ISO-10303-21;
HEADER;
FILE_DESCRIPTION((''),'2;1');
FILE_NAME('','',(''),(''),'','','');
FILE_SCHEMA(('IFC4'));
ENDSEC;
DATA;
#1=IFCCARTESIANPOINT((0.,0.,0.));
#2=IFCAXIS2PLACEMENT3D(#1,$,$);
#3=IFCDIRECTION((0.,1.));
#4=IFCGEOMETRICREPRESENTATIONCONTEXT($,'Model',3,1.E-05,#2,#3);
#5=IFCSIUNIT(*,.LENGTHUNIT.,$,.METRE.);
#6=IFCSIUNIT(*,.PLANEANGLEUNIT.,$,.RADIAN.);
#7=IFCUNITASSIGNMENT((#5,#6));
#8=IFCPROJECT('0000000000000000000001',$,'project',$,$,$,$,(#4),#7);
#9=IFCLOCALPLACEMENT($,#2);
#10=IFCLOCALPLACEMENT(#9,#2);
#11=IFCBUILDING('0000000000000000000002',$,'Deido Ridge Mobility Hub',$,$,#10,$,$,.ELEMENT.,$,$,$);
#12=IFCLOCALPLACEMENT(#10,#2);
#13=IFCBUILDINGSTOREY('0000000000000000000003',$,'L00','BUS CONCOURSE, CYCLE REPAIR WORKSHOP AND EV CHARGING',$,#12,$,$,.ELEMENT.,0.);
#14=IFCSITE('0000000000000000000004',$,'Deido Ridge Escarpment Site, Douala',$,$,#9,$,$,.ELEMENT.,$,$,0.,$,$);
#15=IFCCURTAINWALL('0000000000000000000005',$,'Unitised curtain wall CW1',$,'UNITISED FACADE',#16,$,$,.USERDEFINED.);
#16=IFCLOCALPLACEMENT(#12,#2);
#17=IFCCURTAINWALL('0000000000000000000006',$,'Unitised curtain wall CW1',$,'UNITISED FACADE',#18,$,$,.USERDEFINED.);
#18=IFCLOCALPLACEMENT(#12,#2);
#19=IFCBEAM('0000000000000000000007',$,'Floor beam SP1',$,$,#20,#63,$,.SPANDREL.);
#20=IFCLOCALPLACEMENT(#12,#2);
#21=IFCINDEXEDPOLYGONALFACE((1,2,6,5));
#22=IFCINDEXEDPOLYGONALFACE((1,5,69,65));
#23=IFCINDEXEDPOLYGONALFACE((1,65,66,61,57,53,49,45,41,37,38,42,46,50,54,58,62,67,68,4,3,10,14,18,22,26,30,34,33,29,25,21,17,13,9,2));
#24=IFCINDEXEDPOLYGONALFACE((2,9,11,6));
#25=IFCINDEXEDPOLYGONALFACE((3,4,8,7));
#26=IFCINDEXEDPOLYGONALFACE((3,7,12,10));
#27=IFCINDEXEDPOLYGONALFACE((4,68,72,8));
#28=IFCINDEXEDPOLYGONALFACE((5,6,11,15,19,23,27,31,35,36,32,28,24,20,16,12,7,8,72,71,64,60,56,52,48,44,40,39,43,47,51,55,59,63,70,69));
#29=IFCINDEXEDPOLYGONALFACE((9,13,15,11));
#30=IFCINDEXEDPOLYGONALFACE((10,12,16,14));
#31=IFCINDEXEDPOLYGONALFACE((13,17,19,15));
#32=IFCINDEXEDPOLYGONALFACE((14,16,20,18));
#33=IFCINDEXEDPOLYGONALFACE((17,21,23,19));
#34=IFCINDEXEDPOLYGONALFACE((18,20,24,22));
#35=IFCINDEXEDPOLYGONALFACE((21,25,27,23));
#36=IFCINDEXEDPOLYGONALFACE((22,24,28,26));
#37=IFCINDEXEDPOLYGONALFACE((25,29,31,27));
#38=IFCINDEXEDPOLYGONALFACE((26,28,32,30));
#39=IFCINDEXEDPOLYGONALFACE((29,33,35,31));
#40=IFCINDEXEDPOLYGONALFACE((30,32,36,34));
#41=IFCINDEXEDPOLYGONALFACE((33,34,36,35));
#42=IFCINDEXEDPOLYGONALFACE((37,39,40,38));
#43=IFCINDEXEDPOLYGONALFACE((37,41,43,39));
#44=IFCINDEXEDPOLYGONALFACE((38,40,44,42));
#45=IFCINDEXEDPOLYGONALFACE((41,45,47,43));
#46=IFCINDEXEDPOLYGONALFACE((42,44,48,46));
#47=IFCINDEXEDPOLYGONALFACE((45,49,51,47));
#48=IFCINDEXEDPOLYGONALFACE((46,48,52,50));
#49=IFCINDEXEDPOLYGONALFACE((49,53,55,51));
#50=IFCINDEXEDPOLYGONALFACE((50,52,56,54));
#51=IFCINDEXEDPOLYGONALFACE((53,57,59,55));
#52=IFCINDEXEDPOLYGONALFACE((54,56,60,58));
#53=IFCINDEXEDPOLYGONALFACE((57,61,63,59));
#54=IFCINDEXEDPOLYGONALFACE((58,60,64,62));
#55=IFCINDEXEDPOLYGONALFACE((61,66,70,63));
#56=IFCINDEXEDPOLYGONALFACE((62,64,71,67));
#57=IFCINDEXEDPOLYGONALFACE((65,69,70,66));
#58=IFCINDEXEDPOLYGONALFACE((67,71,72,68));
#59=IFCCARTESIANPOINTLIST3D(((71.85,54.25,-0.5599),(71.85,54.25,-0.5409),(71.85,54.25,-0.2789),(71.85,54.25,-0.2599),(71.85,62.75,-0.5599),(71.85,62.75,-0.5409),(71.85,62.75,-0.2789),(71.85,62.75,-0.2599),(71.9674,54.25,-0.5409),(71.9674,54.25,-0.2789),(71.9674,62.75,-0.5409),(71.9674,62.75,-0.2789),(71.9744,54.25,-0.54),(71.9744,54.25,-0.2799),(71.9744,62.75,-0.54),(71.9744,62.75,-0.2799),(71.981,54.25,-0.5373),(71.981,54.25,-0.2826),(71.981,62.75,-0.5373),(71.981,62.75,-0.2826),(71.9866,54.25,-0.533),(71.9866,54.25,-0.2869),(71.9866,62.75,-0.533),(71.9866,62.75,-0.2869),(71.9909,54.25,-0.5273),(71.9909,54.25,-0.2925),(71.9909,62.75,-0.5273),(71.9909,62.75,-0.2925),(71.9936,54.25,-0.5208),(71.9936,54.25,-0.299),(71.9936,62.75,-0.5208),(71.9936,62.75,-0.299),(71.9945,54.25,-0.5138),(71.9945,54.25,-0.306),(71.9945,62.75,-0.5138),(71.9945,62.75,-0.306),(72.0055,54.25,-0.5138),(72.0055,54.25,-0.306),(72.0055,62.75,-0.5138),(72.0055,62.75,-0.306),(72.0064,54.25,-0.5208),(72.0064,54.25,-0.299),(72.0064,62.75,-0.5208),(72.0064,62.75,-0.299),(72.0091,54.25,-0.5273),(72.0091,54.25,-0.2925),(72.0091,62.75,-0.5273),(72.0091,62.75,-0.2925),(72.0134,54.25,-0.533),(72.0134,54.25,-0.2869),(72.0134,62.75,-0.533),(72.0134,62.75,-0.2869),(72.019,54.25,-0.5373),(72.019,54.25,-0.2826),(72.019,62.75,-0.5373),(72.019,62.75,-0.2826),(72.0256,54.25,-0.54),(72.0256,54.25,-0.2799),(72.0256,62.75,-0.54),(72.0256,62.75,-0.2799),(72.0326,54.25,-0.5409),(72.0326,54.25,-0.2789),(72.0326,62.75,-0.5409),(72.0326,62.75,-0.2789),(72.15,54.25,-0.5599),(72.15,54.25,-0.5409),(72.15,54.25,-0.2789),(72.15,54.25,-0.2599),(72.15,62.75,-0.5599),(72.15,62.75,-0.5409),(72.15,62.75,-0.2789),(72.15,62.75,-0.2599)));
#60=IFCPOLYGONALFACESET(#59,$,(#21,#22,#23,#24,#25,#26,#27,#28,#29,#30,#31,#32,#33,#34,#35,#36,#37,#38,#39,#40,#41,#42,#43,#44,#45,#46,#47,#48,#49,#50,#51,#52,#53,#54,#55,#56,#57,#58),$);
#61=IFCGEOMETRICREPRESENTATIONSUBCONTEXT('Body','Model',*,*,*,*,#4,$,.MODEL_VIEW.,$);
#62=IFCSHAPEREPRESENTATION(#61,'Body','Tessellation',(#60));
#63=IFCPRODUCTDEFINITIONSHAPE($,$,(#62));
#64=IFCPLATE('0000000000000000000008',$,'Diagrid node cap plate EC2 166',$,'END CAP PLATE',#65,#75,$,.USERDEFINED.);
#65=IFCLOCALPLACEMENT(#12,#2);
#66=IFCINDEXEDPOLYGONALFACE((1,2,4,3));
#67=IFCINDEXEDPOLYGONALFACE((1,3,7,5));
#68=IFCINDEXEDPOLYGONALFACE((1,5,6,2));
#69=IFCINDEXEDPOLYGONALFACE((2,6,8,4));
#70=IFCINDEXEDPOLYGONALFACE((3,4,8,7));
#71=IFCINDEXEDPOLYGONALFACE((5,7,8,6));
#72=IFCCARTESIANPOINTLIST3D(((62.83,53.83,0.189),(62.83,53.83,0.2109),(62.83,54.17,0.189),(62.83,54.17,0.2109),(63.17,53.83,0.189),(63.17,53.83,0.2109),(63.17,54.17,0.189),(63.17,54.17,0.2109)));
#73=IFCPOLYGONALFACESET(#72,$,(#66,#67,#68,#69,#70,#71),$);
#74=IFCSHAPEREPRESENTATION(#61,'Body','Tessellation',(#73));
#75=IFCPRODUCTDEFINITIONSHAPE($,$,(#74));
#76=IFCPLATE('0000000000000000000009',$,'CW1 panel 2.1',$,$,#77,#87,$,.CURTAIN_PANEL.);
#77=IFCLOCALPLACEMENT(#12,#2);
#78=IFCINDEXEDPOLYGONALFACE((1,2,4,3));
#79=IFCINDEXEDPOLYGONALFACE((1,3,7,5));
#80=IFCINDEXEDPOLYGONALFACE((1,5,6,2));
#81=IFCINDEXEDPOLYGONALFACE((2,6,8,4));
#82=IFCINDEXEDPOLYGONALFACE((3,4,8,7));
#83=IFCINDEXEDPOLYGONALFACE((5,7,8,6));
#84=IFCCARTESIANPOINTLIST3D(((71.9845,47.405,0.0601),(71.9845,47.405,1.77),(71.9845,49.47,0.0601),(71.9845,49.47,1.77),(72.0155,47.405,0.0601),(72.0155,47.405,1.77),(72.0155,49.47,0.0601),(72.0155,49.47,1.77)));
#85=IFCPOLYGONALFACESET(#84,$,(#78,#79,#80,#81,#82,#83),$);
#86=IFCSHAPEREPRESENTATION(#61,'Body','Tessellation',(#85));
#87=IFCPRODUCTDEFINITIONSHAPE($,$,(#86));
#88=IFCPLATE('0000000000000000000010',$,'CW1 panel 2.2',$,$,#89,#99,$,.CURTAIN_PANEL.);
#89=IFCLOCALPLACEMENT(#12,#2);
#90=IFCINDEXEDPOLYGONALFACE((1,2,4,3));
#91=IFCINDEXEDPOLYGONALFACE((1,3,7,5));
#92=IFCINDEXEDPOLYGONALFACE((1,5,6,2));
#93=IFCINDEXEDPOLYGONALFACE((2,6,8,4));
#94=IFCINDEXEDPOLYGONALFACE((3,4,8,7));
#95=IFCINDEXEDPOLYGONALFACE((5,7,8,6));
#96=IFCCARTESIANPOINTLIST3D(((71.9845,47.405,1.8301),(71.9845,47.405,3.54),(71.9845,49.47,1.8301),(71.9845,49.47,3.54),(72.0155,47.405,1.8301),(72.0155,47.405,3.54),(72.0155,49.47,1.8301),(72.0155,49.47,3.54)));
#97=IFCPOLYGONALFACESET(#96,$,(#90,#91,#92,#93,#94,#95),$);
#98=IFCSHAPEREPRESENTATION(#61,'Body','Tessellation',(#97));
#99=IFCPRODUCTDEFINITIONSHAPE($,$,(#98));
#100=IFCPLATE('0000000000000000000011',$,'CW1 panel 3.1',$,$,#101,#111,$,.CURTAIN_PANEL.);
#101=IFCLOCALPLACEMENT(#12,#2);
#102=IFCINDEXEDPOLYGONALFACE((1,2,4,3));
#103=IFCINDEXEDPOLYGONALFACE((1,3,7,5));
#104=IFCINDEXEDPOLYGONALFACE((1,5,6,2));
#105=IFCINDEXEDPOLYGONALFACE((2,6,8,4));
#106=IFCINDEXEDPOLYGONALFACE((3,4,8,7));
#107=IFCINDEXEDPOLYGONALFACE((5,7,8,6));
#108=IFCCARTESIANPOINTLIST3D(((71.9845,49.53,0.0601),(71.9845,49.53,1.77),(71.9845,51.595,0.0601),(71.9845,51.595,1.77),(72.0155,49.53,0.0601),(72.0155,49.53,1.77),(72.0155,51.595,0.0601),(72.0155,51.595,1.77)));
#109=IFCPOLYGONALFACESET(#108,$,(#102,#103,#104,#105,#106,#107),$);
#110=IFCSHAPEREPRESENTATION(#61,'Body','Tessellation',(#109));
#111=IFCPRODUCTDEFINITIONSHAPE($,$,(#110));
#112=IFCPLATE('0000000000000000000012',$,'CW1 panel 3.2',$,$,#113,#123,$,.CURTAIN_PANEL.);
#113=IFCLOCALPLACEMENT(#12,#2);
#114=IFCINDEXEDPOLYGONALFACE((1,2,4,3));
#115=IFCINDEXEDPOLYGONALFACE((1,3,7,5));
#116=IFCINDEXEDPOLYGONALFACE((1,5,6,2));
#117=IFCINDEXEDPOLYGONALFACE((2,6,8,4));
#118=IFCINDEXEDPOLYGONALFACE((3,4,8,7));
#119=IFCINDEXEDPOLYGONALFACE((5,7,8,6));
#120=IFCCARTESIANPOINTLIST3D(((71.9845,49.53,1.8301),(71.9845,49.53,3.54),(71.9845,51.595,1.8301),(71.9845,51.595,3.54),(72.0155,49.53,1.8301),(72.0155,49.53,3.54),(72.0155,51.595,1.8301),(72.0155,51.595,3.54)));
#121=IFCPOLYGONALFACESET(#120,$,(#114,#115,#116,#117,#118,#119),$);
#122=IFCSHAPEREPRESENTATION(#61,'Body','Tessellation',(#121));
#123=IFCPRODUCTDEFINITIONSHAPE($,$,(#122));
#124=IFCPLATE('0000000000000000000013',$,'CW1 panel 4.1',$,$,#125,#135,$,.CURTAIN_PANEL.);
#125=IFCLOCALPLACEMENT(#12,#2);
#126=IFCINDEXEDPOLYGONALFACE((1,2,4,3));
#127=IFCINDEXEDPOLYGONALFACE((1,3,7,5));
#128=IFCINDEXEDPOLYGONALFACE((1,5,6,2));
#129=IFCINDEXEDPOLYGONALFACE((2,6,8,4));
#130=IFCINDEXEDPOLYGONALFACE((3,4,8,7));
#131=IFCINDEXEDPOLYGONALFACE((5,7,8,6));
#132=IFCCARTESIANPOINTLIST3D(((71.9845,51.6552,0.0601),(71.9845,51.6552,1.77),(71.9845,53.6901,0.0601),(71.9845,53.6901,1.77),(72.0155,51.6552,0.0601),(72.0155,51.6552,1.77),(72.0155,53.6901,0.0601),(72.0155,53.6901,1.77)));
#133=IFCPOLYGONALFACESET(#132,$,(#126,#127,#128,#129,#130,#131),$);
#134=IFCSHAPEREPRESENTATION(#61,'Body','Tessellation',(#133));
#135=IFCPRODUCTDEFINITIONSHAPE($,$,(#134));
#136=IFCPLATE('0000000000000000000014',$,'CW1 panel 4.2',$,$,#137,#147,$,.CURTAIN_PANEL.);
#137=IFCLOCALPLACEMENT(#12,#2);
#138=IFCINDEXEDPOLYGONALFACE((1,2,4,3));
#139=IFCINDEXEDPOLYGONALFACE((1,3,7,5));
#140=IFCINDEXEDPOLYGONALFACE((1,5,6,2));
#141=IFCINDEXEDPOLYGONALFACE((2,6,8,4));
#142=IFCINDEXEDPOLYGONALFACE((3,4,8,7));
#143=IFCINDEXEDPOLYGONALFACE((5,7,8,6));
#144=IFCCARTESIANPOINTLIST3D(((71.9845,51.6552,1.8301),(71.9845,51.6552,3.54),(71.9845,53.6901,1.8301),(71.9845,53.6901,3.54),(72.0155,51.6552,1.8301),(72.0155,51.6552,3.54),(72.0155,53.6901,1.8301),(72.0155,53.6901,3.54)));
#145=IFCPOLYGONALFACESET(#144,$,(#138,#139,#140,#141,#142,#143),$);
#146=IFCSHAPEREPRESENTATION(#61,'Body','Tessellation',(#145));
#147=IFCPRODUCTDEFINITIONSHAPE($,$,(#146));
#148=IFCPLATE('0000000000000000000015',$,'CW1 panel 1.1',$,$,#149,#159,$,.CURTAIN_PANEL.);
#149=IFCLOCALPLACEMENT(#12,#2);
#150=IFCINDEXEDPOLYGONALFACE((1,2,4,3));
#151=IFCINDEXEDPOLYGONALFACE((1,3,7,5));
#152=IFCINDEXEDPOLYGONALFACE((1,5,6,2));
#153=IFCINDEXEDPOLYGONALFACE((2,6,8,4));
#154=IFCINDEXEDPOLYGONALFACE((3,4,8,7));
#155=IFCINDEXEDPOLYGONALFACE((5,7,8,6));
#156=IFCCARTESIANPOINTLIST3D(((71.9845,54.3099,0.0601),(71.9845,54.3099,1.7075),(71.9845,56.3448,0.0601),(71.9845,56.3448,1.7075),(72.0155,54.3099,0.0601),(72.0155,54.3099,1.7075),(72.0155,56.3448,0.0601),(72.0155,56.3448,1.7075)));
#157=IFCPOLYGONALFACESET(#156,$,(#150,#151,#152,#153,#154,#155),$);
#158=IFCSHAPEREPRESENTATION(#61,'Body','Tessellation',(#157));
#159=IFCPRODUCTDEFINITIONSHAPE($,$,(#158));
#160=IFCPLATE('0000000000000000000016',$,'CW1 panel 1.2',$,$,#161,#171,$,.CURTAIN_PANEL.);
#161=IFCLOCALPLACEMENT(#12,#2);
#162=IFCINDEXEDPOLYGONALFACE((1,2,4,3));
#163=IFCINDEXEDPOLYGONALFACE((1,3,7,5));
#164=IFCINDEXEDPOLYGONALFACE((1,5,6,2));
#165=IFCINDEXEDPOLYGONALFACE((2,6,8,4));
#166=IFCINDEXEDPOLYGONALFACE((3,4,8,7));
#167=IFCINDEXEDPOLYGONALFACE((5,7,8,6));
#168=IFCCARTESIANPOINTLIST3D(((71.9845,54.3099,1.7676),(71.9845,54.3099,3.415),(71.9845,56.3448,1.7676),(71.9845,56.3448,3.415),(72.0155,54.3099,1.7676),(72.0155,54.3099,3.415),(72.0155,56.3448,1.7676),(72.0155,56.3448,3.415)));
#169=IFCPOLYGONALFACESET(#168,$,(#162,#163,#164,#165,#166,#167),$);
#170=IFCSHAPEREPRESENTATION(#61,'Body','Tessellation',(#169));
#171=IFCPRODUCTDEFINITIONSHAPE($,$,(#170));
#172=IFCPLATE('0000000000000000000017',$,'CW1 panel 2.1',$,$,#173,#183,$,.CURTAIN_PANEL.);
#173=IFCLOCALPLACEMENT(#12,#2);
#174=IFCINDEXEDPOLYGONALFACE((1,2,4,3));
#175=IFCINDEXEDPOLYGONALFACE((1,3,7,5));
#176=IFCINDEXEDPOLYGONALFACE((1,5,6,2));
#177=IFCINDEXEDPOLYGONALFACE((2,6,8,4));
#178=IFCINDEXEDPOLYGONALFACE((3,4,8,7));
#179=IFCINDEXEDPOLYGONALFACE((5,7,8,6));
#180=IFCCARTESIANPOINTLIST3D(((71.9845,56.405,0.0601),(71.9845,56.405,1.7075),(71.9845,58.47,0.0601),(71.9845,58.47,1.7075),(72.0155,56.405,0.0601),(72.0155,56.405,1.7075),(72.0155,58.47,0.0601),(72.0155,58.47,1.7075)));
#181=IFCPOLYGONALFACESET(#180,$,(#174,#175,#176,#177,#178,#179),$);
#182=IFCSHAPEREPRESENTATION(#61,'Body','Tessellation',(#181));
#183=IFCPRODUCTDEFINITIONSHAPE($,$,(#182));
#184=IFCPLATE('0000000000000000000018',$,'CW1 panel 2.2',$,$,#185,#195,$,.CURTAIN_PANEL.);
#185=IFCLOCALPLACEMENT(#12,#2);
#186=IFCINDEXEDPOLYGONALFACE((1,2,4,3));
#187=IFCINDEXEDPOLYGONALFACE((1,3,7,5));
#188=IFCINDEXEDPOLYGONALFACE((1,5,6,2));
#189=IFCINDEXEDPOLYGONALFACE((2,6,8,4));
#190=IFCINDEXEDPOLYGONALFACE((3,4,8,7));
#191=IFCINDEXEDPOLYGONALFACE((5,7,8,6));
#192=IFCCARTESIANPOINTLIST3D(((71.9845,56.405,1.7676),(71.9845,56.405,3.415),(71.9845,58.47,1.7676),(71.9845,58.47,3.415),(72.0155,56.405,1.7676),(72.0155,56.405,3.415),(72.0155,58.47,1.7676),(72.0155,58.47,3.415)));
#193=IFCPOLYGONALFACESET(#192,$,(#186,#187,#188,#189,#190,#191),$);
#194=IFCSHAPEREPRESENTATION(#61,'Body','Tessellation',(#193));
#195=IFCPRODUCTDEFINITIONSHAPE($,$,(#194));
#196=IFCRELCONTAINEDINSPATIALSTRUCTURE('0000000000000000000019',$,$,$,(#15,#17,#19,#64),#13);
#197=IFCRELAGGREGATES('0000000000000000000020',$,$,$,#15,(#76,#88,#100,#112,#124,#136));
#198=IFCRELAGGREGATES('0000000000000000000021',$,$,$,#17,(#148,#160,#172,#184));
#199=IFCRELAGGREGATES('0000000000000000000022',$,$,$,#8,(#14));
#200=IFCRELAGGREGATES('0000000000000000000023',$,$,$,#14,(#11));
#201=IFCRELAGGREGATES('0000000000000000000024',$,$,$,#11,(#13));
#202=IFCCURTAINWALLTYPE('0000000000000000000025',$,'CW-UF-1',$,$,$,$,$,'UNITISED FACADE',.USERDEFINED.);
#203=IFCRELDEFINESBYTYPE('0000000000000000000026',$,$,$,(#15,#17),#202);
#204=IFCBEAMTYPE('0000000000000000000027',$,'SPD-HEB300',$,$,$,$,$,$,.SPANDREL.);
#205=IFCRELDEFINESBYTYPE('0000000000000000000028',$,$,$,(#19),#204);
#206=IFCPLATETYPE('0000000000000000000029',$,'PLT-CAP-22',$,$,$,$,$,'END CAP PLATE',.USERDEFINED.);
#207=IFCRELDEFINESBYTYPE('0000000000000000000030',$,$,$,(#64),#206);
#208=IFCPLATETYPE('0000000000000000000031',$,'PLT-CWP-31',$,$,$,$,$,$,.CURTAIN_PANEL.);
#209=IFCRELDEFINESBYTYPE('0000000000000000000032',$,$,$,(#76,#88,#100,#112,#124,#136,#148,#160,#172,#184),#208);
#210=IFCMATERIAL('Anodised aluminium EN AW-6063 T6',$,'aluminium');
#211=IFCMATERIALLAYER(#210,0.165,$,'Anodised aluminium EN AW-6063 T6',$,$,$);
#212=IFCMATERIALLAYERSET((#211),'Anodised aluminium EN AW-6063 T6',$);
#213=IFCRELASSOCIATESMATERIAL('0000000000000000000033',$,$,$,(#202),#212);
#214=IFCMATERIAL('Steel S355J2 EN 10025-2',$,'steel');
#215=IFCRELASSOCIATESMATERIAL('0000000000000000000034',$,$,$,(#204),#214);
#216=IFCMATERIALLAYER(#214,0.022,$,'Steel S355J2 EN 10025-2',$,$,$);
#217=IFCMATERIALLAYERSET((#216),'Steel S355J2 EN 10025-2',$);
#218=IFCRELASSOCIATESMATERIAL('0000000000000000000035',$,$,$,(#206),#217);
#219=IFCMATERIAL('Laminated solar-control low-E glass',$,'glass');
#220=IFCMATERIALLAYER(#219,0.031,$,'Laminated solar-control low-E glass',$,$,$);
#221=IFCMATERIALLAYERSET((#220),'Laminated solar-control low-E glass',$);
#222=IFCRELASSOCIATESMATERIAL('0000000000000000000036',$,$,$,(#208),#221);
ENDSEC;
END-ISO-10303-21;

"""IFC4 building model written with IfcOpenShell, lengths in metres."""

from ifc_helpers import new_model, si_unit, direction, frame, origin, origin_2d, place, context, subcontext, project, spatial, rectangle, i_section, extrude, material, layer, layer_set, material_profile, profile_set, type_object, element, aggregate, save


model = new_model("IFC4")

# Units and contexts
model_context = context("Model", 3, precision=1e-05, world=origin(), true_north=direction((0.0, 1.0)))
body_context = subcontext(model_context, "Body", "Model", "MODEL_VIEW")
ifc_project = project(units=[si_unit("LENGTHUNIT", "METRE"), si_unit("PLANEANGLEUNIT", "RADIAN")], contexts=[model_context])

# Site, building, storey
site_placement = place(None, origin())
site = spatial("IfcSite", under=ifc_project, at=site_placement, Name="Deido Ridge Escarpment Site, Douala", CompositionType="ELEMENT", RefElevation=0.0)
building_placement = place(site_placement, origin())
building = spatial("IfcBuilding", under=site, at=building_placement, Name="Deido Ridge Mobility Hub", CompositionType="ELEMENT")
storey_placement = place(building_placement, origin())
storey = spatial("IfcBuildingStorey", under=building, at=storey_placement, Name="L00", Description="BUS CONCOURSE, CYCLE REPAIR WORKSHOP AND EV CHARGING", CompositionType="ELEMENT", Elevation=0.0)

# Shared definitions
ifc_material_1 = material(Name="Steel S355J2 EN 10025-2", Category="steel")

# Curtain walls
ifc_material_2 = material(Name="Anodised aluminium EN AW-6063 T6", Category="aluminium")
ifc_layer_1 = layer(ifc_material_2, 0.165, Name="Anodised aluminium EN AW-6063 T6")
ifc_layer_set_1 = layer_set([ifc_layer_1], Name="Anodised aluminium EN AW-6063 T6")
curtain_wall_type = type_object("IfcCurtainWallType", Name="CW-UF-1", ElementType="UNITISED FACADE", PredefinedType="USERDEFINED", material=ifc_layer_set_1)
curtain_wall_1_placement = place(storey_placement, origin())
curtain_wall_1 = element("IfcCurtainWall", 1, at=curtain_wall_1_placement, inside=storey, type_object=curtain_wall_type, Name="Unitised curtain wall CW1", ObjectType="UNITISED FACADE", PredefinedType="USERDEFINED")
curtain_wall_2_placement = place(storey_placement, origin())
curtain_wall_2 = element("IfcCurtainWall", 2, at=curtain_wall_2_placement, inside=storey, type_object=curtain_wall_type, Name="Unitised curtain wall CW1", ObjectType="UNITISED FACADE", PredefinedType="USERDEFINED")

# Beam
ifc_material_profile_1 = material_profile(ifc_material_1, i_section(OverallWidth=0.3, OverallDepth=0.3, WebThickness=0.011, FlangeThickness=0.019, FilletRadius=0.0271, at=origin_2d()), Name="HEB 300")
ifc_profile_set_1 = profile_set([ifc_material_profile_1], Name="Steel S355J2 EN 10025-2")
beam_type = type_object("IfcBeamType", Name="SPD-HEB300", PredefinedType="SPANDREL", material=ifc_profile_set_1)
beam_placement = place(storey_placement, frame((72.0, 54.25, -0.4099), z_axis=(0.0, 1.0, 0.0), x_axis=(-1.0, 0.0, 0.0)))
element("IfcBeam", 3, at=beam_placement, inside=storey, type_object=beam_type, Name="Floor beam SP1", PredefinedType="SPANDREL", context=body_context, shape_type="SweptSolid", body=[
    extrude(i_section(OverallWidth=0.3, OverallDepth=0.3, WebThickness=0.011, FlangeThickness=0.019, FilletRadius=0.0271, at=origin_2d()), origin(), (0.0, 0.0, 1.0), 8.5),
])

# Plates
ifc_layer_2 = layer(ifc_material_1, 0.022, Name="Steel S355J2 EN 10025-2")
ifc_layer_set_2 = layer_set([ifc_layer_2], Name="Steel S355J2 EN 10025-2")
plate_type_1 = type_object("IfcPlateType", Name="PLT-CAP-22", ElementType="END CAP PLATE", PredefinedType="USERDEFINED", material=ifc_layer_set_2)
plate_1_placement = place(storey_placement, frame((63.0, 54.0, 0.189), z_axis=(0.0, 0.0, 1.0), x_axis=(1.0, 0.0, 0.0)))
element("IfcPlate", 4, at=plate_1_placement, inside=storey, type_object=plate_type_1, Name="Diagrid node cap plate EC2 166", ObjectType="END CAP PLATE", PredefinedType="USERDEFINED", context=body_context, shape_type="SweptSolid", body=[
    extrude(rectangle(XDim=0.3401, YDim=0.3401, at=origin_2d()), origin(), (0.0, 0.0, 1.0), 0.022),
])
ifc_material_3 = material(Name="Laminated solar-control low-E glass", Category="glass")
ifc_layer_3 = layer(ifc_material_3, 0.031, Name="Laminated solar-control low-E glass")
ifc_layer_set_3 = layer_set([ifc_layer_3], Name="Laminated solar-control low-E glass")
plate_type_2 = type_object("IfcPlateType", Name="PLT-CWP-31", PredefinedType="CURTAIN_PANEL", material=ifc_layer_set_3)
plate_2_placement = place(storey_placement, frame((72.0, 48.4375, 0.0601), z_axis=(0.0, 0.0, 1.0), x_axis=(0.0, 1.0, 0.0)))
plate_2 = element("IfcPlate", 5, at=plate_2_placement, type_object=plate_type_2, Name="CW1 panel 2.1", PredefinedType="CURTAIN_PANEL", context=body_context, shape_type="SweptSolid", body=[
    extrude(rectangle(XDim=2.0649, YDim=0.031, at=origin_2d()), origin(), (0.0, 0.0, 1.0), 1.71),
])
plate_3_placement = place(storey_placement, frame((72.0, 48.4375, 1.8301), z_axis=(0.0, 0.0, 1.0), x_axis=(0.0, 1.0, 0.0)))
plate_3 = element("IfcPlate", 6, at=plate_3_placement, type_object=plate_type_2, Name="CW1 panel 2.2", PredefinedType="CURTAIN_PANEL", context=body_context, shape_type="SweptSolid", body=[
    extrude(rectangle(XDim=2.0649, YDim=0.031, at=origin_2d()), origin(), (0.0, 0.0, 1.0), 1.71),
])
plate_4_placement = place(storey_placement, frame((72.0, 50.5625, 0.0601), z_axis=(0.0, 0.0, 1.0), x_axis=(0.0, 1.0, 0.0)))
plate_4 = element("IfcPlate", 7, at=plate_4_placement, type_object=plate_type_2, Name="CW1 panel 3.1", PredefinedType="CURTAIN_PANEL", context=body_context, shape_type="SweptSolid", body=[
    extrude(rectangle(XDim=2.0649, YDim=0.031, at=origin_2d()), origin(), (0.0, 0.0, 1.0), 1.71),
])
plate_5_placement = place(storey_placement, frame((72.0, 50.5625, 1.8301), z_axis=(0.0, 0.0, 1.0), x_axis=(0.0, 1.0, 0.0)))
plate_5 = element("IfcPlate", 8, at=plate_5_placement, type_object=plate_type_2, Name="CW1 panel 3.2", PredefinedType="CURTAIN_PANEL", context=body_context, shape_type="SweptSolid", body=[
    extrude(rectangle(XDim=2.0649, YDim=0.031, at=origin_2d()), origin(), (0.0, 0.0, 1.0), 1.71),
])
plate_6_placement = place(storey_placement, frame((72.0, 52.6726, 0.0601), z_axis=(0.0, 0.0, 1.0), x_axis=(0.0, 1.0, 0.0)))
plate_6 = element("IfcPlate", 9, at=plate_6_placement, type_object=plate_type_2, Name="CW1 panel 4.1", PredefinedType="CURTAIN_PANEL", context=body_context, shape_type="SweptSolid", body=[
    extrude(rectangle(XDim=2.0349, YDim=0.031, at=origin_2d()), origin(), (0.0, 0.0, 1.0), 1.71),
])
plate_7_placement = place(storey_placement, frame((72.0, 52.6726, 1.8301), z_axis=(0.0, 0.0, 1.0), x_axis=(0.0, 1.0, 0.0)))
plate_7 = element("IfcPlate", 10, at=plate_7_placement, type_object=plate_type_2, Name="CW1 panel 4.2", PredefinedType="CURTAIN_PANEL", context=body_context, shape_type="SweptSolid", body=[
    extrude(rectangle(XDim=2.0349, YDim=0.031, at=origin_2d()), origin(), (0.0, 0.0, 1.0), 1.71),
])
aggregate(curtain_wall_1, [plate_2, plate_3, plate_4, plate_5, plate_6, plate_7])
plate_8_placement = place(storey_placement, frame((72.0, 55.3274, 0.0601), z_axis=(0.0, 0.0, 1.0), x_axis=(0.0, 1.0, 0.0)))
plate_8 = element("IfcPlate", 11, at=plate_8_placement, type_object=plate_type_2, Name="CW1 panel 1.1", PredefinedType="CURTAIN_PANEL", context=body_context, shape_type="SweptSolid", body=[
    extrude(rectangle(XDim=2.0349, YDim=0.031, at=origin_2d()), origin(), (0.0, 0.0, 1.0), 1.6475),
])
plate_9_placement = place(storey_placement, frame((72.0, 55.3274, 1.7676), z_axis=(0.0, 0.0, 1.0), x_axis=(0.0, 1.0, 0.0)))
plate_9 = element("IfcPlate", 12, at=plate_9_placement, type_object=plate_type_2, Name="CW1 panel 1.2", PredefinedType="CURTAIN_PANEL", context=body_context, shape_type="SweptSolid", body=[
    extrude(rectangle(XDim=2.0349, YDim=0.031, at=origin_2d()), origin(), (0.0, 0.0, 1.0), 1.6475),
])
plate_10_placement = place(storey_placement, frame((72.0, 57.4375, 0.0601), z_axis=(0.0, 0.0, 1.0), x_axis=(0.0, 1.0, 0.0)))
plate_10 = element("IfcPlate", 13, at=plate_10_placement, type_object=plate_type_2, Name="CW1 panel 2.1", PredefinedType="CURTAIN_PANEL", context=body_context, shape_type="SweptSolid", body=[
    extrude(rectangle(XDim=2.0649, YDim=0.031, at=origin_2d()), origin(), (0.0, 0.0, 1.0), 1.6475),
])
plate_11_placement = place(storey_placement, frame((72.0, 57.4375, 1.7676), z_axis=(0.0, 0.0, 1.0), x_axis=(0.0, 1.0, 0.0)))
plate_11 = element("IfcPlate", 14, at=plate_11_placement, type_object=plate_type_2, Name="CW1 panel 2.2", PredefinedType="CURTAIN_PANEL", context=body_context, shape_type="SweptSolid", body=[
    extrude(rectangle(XDim=2.0649, YDim=0.031, at=origin_2d()), origin(), (0.0, 0.0, 1.0), 1.6475),
])
aggregate(curtain_wall_2, [plate_8, plate_9, plate_10, plate_11])

save(model, "model.ifc")
